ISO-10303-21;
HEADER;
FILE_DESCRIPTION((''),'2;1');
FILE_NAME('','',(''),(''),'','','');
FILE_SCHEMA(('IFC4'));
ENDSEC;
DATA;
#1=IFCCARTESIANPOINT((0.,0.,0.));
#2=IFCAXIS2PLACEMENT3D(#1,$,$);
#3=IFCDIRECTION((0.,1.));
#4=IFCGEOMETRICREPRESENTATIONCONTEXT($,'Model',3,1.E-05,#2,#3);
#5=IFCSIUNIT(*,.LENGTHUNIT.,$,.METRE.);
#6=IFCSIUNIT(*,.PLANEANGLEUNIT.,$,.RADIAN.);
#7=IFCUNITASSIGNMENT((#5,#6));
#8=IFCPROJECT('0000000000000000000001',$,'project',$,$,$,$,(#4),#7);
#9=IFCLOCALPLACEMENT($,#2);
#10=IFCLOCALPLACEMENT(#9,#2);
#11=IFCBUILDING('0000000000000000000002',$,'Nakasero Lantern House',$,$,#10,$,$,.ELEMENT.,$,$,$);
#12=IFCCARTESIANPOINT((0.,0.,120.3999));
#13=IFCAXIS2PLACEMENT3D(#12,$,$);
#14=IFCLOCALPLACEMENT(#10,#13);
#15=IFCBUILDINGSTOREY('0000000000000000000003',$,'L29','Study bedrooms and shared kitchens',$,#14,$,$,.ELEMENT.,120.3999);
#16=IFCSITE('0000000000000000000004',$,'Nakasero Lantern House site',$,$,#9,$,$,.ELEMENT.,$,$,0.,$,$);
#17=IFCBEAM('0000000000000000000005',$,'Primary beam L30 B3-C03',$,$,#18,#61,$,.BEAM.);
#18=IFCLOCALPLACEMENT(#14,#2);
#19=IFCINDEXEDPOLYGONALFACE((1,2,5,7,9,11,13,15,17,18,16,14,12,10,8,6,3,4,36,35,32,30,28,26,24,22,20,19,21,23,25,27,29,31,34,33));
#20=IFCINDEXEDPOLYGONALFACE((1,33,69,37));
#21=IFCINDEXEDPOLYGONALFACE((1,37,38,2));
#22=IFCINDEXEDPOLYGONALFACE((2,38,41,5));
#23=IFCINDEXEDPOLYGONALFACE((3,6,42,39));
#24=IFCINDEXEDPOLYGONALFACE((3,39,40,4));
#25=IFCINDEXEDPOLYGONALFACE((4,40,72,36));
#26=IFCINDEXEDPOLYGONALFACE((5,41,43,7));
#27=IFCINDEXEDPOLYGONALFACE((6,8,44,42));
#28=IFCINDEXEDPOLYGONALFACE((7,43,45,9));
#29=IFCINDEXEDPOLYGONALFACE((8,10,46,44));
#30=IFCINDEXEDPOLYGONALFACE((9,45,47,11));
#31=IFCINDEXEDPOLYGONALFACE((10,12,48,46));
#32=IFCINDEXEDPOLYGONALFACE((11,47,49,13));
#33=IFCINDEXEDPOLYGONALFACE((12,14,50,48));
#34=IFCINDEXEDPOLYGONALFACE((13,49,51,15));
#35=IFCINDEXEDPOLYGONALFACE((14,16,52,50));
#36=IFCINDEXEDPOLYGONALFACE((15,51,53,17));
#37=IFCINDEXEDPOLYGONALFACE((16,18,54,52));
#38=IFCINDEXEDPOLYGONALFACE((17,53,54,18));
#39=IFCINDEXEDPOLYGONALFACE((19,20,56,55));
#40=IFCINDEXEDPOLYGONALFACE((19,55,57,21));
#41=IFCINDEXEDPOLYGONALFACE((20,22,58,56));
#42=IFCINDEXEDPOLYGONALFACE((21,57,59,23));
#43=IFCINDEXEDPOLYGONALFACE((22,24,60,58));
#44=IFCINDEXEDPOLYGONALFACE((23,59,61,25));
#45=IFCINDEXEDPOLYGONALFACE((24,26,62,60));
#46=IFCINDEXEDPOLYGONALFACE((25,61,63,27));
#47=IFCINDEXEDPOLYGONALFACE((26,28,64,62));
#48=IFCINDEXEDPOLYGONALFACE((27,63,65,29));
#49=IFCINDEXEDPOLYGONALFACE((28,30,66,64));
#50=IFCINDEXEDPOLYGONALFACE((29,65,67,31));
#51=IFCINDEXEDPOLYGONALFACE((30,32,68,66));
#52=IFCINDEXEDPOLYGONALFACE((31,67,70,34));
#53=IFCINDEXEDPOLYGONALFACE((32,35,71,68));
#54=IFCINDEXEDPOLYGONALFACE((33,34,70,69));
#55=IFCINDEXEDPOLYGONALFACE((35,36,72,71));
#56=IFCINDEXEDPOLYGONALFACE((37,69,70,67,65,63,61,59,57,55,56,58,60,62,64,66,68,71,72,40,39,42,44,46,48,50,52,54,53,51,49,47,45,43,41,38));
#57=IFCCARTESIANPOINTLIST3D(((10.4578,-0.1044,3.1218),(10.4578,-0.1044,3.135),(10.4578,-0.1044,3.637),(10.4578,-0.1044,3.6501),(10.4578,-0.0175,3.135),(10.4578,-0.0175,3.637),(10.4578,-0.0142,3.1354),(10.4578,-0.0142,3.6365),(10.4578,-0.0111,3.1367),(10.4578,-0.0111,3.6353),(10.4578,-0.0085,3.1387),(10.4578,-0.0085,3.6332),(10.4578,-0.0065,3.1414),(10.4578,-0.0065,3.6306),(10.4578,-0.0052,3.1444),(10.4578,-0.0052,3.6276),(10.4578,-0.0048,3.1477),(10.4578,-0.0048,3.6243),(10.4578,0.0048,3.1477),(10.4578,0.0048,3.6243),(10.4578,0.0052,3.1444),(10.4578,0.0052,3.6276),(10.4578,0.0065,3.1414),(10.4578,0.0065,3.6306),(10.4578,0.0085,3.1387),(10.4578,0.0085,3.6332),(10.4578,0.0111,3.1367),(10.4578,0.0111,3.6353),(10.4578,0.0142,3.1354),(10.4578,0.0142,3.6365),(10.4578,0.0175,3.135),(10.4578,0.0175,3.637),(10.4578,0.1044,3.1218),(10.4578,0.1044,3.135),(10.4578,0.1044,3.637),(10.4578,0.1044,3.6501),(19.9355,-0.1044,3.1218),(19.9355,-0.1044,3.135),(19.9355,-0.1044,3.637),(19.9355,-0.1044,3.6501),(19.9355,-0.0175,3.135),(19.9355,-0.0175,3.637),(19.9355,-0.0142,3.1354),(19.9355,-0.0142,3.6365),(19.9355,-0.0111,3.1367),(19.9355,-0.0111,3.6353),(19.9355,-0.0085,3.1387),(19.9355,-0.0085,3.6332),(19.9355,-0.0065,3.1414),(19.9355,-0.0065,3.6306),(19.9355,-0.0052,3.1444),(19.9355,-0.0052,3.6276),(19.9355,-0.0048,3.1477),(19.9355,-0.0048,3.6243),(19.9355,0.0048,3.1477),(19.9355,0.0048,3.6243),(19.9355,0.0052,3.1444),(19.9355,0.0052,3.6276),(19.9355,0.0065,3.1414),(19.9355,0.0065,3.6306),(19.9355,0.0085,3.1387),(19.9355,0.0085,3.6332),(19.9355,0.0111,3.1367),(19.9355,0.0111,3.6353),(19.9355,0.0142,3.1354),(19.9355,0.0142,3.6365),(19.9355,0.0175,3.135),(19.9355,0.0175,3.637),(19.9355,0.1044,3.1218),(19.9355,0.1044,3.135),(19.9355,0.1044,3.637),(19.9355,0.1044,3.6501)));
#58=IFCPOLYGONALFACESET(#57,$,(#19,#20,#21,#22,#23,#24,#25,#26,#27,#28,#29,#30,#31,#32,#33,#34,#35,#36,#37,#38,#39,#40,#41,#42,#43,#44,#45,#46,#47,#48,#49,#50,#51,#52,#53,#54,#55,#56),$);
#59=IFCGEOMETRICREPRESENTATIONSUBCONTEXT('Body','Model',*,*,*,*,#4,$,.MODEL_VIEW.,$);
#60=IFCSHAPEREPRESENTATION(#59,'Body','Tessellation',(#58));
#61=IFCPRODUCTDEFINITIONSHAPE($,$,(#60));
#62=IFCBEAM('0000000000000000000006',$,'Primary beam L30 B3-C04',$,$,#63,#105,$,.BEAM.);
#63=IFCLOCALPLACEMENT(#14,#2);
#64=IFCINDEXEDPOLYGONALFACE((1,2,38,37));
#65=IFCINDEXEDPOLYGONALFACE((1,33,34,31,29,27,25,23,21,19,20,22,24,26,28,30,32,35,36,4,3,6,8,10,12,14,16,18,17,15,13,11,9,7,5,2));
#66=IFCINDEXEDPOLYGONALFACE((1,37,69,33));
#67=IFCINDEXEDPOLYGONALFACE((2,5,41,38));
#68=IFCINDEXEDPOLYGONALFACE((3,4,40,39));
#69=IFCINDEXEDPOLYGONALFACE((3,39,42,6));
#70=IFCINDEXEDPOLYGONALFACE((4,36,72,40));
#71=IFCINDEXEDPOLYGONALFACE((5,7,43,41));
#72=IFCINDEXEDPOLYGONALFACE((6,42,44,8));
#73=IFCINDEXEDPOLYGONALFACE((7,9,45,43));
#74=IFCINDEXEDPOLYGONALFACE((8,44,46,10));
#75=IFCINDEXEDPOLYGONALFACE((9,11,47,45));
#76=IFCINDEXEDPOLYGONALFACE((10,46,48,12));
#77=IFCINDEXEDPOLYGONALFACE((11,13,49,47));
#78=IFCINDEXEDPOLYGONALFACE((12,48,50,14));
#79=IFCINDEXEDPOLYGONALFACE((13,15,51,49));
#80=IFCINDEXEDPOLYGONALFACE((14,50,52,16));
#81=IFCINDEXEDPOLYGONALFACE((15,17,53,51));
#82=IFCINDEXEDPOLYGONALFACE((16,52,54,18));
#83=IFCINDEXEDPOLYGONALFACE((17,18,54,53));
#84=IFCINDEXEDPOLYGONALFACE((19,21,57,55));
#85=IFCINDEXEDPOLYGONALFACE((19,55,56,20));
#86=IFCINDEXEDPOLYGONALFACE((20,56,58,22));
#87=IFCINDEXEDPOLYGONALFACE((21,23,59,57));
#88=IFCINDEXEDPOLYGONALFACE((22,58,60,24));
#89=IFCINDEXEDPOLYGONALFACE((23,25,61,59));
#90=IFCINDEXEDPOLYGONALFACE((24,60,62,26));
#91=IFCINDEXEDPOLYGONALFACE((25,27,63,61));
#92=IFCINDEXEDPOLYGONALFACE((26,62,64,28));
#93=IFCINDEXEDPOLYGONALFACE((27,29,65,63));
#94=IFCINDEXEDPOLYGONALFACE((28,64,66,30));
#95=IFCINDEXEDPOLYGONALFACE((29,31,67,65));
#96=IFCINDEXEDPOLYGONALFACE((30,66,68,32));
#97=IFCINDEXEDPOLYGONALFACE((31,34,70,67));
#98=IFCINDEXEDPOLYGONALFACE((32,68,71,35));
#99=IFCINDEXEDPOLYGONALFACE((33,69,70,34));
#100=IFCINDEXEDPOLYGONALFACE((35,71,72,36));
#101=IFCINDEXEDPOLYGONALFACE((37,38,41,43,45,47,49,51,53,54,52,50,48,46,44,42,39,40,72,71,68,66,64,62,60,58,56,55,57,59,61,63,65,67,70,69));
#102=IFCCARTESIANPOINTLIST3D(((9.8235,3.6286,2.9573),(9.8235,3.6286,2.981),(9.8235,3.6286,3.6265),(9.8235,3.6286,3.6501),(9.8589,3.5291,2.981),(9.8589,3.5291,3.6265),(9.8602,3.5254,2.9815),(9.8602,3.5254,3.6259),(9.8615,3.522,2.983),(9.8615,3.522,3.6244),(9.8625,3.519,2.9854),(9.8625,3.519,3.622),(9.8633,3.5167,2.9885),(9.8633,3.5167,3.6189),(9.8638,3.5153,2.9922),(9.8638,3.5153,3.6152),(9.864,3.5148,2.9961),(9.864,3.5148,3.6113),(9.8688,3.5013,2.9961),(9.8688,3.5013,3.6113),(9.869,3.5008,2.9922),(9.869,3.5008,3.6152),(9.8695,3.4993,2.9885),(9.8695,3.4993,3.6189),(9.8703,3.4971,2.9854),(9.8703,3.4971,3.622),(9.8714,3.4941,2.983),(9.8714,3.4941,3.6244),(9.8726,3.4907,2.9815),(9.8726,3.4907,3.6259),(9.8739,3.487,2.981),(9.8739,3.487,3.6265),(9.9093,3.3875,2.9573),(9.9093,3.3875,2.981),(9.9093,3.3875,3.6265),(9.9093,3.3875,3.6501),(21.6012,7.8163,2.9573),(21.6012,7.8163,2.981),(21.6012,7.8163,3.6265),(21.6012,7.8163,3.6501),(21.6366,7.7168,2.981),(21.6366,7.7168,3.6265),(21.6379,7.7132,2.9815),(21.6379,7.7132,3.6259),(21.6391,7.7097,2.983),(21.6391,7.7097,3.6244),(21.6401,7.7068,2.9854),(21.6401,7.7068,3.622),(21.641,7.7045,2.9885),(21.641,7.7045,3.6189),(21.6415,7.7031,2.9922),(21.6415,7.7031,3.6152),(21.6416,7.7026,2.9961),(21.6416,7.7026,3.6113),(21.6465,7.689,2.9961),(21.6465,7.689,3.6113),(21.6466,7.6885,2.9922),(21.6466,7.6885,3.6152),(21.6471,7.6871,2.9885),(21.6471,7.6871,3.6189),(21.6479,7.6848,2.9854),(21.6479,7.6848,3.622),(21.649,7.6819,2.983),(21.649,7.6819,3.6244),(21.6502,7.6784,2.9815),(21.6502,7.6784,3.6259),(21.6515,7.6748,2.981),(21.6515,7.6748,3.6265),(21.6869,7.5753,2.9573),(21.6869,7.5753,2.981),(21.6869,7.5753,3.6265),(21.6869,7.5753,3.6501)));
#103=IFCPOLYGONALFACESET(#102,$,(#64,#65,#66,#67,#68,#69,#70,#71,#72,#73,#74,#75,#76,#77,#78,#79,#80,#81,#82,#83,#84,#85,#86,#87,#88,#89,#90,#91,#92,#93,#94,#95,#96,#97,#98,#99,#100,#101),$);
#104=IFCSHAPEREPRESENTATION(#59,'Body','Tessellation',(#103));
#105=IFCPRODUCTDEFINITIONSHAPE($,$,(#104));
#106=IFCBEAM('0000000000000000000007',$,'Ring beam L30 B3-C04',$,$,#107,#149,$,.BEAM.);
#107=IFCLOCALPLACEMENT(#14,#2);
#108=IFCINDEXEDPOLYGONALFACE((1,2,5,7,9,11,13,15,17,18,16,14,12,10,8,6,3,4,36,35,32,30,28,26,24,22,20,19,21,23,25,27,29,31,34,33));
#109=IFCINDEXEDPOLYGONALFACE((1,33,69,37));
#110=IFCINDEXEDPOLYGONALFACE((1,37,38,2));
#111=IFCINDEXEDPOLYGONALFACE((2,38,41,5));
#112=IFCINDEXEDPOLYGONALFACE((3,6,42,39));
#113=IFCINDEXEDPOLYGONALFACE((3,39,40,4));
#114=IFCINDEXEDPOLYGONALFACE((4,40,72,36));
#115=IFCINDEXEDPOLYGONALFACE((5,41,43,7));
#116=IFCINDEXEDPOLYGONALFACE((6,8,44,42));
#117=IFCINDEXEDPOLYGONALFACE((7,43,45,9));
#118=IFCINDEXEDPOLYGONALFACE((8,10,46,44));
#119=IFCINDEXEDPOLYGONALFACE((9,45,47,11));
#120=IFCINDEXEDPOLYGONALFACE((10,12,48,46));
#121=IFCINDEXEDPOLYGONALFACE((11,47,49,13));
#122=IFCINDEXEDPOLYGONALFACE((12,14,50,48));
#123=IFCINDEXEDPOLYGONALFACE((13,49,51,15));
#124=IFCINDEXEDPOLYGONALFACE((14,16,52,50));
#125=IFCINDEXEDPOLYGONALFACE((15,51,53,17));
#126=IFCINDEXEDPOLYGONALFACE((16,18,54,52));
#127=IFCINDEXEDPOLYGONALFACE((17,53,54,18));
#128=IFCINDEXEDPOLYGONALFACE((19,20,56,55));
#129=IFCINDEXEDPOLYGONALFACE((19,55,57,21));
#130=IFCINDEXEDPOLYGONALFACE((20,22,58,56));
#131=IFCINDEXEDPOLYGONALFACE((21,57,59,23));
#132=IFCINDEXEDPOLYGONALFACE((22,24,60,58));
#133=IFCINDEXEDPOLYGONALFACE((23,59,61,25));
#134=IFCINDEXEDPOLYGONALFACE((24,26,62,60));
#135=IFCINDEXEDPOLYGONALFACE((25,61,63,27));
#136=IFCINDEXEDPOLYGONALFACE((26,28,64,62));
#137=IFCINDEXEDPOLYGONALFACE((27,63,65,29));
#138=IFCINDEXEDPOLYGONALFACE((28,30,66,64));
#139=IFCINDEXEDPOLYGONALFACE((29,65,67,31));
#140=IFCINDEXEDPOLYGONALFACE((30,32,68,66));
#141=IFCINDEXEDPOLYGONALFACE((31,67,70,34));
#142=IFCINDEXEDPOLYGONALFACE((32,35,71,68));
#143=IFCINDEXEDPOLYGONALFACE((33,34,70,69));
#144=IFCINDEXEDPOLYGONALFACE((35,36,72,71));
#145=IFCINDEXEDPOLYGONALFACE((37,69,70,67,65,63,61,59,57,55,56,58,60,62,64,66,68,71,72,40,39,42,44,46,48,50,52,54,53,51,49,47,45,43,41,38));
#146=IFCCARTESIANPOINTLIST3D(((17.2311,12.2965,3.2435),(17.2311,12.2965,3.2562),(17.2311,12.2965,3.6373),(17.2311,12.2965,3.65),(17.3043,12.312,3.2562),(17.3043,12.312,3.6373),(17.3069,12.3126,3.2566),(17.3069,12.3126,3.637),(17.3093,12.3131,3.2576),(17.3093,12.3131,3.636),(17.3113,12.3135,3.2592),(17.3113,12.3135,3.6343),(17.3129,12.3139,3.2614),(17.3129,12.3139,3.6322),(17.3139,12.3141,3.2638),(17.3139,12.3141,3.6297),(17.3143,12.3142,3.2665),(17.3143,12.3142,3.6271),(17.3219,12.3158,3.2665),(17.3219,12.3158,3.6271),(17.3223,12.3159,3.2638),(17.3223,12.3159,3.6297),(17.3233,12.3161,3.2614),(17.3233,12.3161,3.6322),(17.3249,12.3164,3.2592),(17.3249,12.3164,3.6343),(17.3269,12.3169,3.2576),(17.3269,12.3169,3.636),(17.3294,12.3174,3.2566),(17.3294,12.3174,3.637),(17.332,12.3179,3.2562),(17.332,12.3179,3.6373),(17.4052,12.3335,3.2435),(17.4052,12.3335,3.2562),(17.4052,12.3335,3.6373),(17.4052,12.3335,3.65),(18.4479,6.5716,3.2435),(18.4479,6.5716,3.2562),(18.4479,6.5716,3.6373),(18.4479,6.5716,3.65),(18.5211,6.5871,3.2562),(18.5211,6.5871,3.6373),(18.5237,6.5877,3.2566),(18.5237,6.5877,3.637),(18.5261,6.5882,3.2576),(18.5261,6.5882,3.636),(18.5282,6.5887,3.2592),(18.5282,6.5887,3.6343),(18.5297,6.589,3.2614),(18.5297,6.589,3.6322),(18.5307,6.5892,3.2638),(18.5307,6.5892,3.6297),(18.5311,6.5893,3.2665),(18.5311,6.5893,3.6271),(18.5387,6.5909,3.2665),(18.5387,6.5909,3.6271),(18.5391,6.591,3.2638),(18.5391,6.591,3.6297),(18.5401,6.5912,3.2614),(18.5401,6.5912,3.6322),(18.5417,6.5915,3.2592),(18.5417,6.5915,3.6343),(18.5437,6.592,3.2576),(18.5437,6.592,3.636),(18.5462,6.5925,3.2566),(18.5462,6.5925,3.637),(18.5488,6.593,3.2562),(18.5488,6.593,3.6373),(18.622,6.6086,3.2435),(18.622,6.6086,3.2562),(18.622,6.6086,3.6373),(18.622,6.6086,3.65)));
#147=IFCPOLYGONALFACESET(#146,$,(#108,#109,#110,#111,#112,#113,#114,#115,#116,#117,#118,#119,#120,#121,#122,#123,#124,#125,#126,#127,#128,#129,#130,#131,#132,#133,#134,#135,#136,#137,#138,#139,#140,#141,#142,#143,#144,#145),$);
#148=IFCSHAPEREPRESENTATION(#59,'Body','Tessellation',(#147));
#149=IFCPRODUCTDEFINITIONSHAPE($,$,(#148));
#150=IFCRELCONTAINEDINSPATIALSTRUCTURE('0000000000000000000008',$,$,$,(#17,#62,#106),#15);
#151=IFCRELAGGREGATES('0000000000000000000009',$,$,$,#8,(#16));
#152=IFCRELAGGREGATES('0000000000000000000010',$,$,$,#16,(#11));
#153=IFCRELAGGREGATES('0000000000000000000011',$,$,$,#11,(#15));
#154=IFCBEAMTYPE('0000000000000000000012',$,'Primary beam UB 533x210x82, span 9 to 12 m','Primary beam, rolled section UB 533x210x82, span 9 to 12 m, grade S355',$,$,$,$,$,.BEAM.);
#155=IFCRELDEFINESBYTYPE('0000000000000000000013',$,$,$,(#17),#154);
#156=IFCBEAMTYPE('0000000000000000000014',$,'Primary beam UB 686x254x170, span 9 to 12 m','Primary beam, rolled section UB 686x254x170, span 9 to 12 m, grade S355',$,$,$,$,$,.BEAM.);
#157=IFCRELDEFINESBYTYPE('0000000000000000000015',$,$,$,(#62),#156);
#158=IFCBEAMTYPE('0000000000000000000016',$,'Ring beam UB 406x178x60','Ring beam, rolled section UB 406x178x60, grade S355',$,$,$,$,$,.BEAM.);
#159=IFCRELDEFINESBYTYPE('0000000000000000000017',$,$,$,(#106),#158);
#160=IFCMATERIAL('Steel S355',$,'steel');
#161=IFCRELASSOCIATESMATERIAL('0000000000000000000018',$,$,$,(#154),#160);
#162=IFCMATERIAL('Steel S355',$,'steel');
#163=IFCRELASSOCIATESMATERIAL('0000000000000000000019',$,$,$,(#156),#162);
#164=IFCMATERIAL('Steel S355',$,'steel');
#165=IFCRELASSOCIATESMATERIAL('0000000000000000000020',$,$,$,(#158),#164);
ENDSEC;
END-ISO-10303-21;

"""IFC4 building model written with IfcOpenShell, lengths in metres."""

from ifc_helpers import new_model, si_unit, direction, frame, origin, origin_2d, place, context, subcontext, project, spatial, i_section, extrude, material, material_profile, profile_set, type_object, element, save


model = new_model("IFC4")

# Units and contexts
model_context = context("Model", 3, precision=1e-05, world=origin(), true_north=direction((0.0, 1.0)))
body_context = subcontext(model_context, "Body", "Model", "MODEL_VIEW")
ifc_project = project(units=[si_unit("LENGTHUNIT", "METRE"), si_unit("PLANEANGLEUNIT", "RADIAN")], contexts=[model_context])

# Site, building, storey
site_placement = place(None, origin())
site = spatial("IfcSite", under=ifc_project, at=site_placement, Name="Nakasero Lantern House site", CompositionType="ELEMENT", RefElevation=0.0)
building_placement = place(site_placement, origin())
building = spatial("IfcBuilding", under=site, at=building_placement, Name="Nakasero Lantern House", CompositionType="ELEMENT")
storey_placement = place(building_placement, frame((0.0, 0.0, 120.3999)))
storey = spatial("IfcBuildingStorey", under=building, at=storey_placement, Name="L29", Description="Study bedrooms and shared kitchens", CompositionType="ELEMENT", Elevation=120.3999)

# Beams
ifc_material_1 = material(Name="Steel S355", Category="steel")
ifc_material_profile_1 = material_profile(ifc_material_1, i_section(OverallWidth=0.2087, OverallDepth=0.5283, WebThickness=0.0095, FlangeThickness=0.0132, FilletRadius=0.0127, at=origin_2d()), Name="UB 533x210x82")
ifc_profile_set_1 = profile_set([ifc_material_profile_1], Name="Steel S355")
beam_type_1 = type_object("IfcBeamType", Name="Primary beam UB 533x210x82, span 9 to 12 m", Description="Primary beam, rolled section UB 533x210x82, span 9 to 12 m, grade S355", PredefinedType="BEAM", material=ifc_profile_set_1)
beam_1_placement = place(storey_placement, frame((19.9355, 0.0, 3.386), z_axis=(-1.0, 0.0, 0.0), x_axis=(0.0, -1.0, 0.0)))
element("IfcBeam", 1, at=beam_1_placement, inside=storey, type_object=beam_type_1, Name="Primary beam L30 B3-C03", PredefinedType="BEAM", context=body_context, shape_type="SweptSolid", body=[
    extrude(i_section(OverallWidth=0.2087, OverallDepth=0.5283, WebThickness=0.0095, FlangeThickness=0.0132, FilletRadius=0.0127, at=origin_2d()), origin(), (0.0, 0.0, 1.0), 9.4778),
])
ifc_material_2 = material(Name="Steel S355", Category="steel")
ifc_material_profile_2 = material_profile(ifc_material_2, i_section(OverallWidth=0.2559, OverallDepth=0.6929, WebThickness=0.0144, FlangeThickness=0.0237, FilletRadius=0.0151, at=origin_2d()), Name="UB 686x254x170")
ifc_profile_set_2 = profile_set([ifc_material_profile_2], Name="Steel S355")
beam_type_2 = type_object("IfcBeamType", Name="Primary beam UB 686x254x170, span 9 to 12 m", Description="Primary beam, rolled section UB 686x254x170, span 9 to 12 m, grade S355", PredefinedType="BEAM", material=ifc_profile_set_2)
beam_2_placement = place(storey_placement, frame((21.644, 7.6958, 3.3037), z_axis=(-0.942211, -0.335021, 0.0), x_axis=(0.335021, -0.942211, 0.0)))
element("IfcBeam", 2, at=beam_2_placement, inside=storey, type_object=beam_type_2, Name="Primary beam L30 B3-C04", PredefinedType="BEAM", context=body_context, shape_type="SweptSolid", body=[
    extrude(i_section(OverallWidth=0.2559, OverallDepth=0.6929, WebThickness=0.0144, FlangeThickness=0.0237, FilletRadius=0.0151, at=origin_2d()), origin(), (0.0, 0.0, 1.0), 12.5),
])
ifc_material_3 = material(Name="Steel S355", Category="steel")
ifc_material_profile_3 = material_profile(ifc_material_3, i_section(OverallWidth=0.178, OverallDepth=0.4065, WebThickness=0.0078, FlangeThickness=0.0127, FilletRadius=0.0103, at=origin_2d()), Name="UB 406x178x60")
ifc_profile_set_3 = profile_set([ifc_material_profile_3], Name="Steel S355")
beam_type_3 = type_object("IfcBeamType", Name="Ring beam UB 406x178x60", Description="Ring beam, rolled section UB 406x178x60, grade S355", PredefinedType="BEAM", material=ifc_profile_set_3)
beam_3_placement = place(storey_placement, frame((18.5349, 6.5901, 3.4468), z_axis=(-0.207902, 0.97815, 0.0), x_axis=(-0.97815, -0.207902, 0.0)))
element("IfcBeam", 3, at=beam_3_placement, inside=storey, type_object=beam_type_3, Name="Ring beam L30 B3-C04", PredefinedType="BEAM", context=body_context, shape_type="SweptSolid", body=[
    extrude(i_section(OverallWidth=0.178, OverallDepth=0.4065, WebThickness=0.0078, FlangeThickness=0.0127, FilletRadius=0.0103, at=origin_2d()), origin(), (0.0, 0.0, 1.0), 5.8528),
])

save(model, "model.ifc")
